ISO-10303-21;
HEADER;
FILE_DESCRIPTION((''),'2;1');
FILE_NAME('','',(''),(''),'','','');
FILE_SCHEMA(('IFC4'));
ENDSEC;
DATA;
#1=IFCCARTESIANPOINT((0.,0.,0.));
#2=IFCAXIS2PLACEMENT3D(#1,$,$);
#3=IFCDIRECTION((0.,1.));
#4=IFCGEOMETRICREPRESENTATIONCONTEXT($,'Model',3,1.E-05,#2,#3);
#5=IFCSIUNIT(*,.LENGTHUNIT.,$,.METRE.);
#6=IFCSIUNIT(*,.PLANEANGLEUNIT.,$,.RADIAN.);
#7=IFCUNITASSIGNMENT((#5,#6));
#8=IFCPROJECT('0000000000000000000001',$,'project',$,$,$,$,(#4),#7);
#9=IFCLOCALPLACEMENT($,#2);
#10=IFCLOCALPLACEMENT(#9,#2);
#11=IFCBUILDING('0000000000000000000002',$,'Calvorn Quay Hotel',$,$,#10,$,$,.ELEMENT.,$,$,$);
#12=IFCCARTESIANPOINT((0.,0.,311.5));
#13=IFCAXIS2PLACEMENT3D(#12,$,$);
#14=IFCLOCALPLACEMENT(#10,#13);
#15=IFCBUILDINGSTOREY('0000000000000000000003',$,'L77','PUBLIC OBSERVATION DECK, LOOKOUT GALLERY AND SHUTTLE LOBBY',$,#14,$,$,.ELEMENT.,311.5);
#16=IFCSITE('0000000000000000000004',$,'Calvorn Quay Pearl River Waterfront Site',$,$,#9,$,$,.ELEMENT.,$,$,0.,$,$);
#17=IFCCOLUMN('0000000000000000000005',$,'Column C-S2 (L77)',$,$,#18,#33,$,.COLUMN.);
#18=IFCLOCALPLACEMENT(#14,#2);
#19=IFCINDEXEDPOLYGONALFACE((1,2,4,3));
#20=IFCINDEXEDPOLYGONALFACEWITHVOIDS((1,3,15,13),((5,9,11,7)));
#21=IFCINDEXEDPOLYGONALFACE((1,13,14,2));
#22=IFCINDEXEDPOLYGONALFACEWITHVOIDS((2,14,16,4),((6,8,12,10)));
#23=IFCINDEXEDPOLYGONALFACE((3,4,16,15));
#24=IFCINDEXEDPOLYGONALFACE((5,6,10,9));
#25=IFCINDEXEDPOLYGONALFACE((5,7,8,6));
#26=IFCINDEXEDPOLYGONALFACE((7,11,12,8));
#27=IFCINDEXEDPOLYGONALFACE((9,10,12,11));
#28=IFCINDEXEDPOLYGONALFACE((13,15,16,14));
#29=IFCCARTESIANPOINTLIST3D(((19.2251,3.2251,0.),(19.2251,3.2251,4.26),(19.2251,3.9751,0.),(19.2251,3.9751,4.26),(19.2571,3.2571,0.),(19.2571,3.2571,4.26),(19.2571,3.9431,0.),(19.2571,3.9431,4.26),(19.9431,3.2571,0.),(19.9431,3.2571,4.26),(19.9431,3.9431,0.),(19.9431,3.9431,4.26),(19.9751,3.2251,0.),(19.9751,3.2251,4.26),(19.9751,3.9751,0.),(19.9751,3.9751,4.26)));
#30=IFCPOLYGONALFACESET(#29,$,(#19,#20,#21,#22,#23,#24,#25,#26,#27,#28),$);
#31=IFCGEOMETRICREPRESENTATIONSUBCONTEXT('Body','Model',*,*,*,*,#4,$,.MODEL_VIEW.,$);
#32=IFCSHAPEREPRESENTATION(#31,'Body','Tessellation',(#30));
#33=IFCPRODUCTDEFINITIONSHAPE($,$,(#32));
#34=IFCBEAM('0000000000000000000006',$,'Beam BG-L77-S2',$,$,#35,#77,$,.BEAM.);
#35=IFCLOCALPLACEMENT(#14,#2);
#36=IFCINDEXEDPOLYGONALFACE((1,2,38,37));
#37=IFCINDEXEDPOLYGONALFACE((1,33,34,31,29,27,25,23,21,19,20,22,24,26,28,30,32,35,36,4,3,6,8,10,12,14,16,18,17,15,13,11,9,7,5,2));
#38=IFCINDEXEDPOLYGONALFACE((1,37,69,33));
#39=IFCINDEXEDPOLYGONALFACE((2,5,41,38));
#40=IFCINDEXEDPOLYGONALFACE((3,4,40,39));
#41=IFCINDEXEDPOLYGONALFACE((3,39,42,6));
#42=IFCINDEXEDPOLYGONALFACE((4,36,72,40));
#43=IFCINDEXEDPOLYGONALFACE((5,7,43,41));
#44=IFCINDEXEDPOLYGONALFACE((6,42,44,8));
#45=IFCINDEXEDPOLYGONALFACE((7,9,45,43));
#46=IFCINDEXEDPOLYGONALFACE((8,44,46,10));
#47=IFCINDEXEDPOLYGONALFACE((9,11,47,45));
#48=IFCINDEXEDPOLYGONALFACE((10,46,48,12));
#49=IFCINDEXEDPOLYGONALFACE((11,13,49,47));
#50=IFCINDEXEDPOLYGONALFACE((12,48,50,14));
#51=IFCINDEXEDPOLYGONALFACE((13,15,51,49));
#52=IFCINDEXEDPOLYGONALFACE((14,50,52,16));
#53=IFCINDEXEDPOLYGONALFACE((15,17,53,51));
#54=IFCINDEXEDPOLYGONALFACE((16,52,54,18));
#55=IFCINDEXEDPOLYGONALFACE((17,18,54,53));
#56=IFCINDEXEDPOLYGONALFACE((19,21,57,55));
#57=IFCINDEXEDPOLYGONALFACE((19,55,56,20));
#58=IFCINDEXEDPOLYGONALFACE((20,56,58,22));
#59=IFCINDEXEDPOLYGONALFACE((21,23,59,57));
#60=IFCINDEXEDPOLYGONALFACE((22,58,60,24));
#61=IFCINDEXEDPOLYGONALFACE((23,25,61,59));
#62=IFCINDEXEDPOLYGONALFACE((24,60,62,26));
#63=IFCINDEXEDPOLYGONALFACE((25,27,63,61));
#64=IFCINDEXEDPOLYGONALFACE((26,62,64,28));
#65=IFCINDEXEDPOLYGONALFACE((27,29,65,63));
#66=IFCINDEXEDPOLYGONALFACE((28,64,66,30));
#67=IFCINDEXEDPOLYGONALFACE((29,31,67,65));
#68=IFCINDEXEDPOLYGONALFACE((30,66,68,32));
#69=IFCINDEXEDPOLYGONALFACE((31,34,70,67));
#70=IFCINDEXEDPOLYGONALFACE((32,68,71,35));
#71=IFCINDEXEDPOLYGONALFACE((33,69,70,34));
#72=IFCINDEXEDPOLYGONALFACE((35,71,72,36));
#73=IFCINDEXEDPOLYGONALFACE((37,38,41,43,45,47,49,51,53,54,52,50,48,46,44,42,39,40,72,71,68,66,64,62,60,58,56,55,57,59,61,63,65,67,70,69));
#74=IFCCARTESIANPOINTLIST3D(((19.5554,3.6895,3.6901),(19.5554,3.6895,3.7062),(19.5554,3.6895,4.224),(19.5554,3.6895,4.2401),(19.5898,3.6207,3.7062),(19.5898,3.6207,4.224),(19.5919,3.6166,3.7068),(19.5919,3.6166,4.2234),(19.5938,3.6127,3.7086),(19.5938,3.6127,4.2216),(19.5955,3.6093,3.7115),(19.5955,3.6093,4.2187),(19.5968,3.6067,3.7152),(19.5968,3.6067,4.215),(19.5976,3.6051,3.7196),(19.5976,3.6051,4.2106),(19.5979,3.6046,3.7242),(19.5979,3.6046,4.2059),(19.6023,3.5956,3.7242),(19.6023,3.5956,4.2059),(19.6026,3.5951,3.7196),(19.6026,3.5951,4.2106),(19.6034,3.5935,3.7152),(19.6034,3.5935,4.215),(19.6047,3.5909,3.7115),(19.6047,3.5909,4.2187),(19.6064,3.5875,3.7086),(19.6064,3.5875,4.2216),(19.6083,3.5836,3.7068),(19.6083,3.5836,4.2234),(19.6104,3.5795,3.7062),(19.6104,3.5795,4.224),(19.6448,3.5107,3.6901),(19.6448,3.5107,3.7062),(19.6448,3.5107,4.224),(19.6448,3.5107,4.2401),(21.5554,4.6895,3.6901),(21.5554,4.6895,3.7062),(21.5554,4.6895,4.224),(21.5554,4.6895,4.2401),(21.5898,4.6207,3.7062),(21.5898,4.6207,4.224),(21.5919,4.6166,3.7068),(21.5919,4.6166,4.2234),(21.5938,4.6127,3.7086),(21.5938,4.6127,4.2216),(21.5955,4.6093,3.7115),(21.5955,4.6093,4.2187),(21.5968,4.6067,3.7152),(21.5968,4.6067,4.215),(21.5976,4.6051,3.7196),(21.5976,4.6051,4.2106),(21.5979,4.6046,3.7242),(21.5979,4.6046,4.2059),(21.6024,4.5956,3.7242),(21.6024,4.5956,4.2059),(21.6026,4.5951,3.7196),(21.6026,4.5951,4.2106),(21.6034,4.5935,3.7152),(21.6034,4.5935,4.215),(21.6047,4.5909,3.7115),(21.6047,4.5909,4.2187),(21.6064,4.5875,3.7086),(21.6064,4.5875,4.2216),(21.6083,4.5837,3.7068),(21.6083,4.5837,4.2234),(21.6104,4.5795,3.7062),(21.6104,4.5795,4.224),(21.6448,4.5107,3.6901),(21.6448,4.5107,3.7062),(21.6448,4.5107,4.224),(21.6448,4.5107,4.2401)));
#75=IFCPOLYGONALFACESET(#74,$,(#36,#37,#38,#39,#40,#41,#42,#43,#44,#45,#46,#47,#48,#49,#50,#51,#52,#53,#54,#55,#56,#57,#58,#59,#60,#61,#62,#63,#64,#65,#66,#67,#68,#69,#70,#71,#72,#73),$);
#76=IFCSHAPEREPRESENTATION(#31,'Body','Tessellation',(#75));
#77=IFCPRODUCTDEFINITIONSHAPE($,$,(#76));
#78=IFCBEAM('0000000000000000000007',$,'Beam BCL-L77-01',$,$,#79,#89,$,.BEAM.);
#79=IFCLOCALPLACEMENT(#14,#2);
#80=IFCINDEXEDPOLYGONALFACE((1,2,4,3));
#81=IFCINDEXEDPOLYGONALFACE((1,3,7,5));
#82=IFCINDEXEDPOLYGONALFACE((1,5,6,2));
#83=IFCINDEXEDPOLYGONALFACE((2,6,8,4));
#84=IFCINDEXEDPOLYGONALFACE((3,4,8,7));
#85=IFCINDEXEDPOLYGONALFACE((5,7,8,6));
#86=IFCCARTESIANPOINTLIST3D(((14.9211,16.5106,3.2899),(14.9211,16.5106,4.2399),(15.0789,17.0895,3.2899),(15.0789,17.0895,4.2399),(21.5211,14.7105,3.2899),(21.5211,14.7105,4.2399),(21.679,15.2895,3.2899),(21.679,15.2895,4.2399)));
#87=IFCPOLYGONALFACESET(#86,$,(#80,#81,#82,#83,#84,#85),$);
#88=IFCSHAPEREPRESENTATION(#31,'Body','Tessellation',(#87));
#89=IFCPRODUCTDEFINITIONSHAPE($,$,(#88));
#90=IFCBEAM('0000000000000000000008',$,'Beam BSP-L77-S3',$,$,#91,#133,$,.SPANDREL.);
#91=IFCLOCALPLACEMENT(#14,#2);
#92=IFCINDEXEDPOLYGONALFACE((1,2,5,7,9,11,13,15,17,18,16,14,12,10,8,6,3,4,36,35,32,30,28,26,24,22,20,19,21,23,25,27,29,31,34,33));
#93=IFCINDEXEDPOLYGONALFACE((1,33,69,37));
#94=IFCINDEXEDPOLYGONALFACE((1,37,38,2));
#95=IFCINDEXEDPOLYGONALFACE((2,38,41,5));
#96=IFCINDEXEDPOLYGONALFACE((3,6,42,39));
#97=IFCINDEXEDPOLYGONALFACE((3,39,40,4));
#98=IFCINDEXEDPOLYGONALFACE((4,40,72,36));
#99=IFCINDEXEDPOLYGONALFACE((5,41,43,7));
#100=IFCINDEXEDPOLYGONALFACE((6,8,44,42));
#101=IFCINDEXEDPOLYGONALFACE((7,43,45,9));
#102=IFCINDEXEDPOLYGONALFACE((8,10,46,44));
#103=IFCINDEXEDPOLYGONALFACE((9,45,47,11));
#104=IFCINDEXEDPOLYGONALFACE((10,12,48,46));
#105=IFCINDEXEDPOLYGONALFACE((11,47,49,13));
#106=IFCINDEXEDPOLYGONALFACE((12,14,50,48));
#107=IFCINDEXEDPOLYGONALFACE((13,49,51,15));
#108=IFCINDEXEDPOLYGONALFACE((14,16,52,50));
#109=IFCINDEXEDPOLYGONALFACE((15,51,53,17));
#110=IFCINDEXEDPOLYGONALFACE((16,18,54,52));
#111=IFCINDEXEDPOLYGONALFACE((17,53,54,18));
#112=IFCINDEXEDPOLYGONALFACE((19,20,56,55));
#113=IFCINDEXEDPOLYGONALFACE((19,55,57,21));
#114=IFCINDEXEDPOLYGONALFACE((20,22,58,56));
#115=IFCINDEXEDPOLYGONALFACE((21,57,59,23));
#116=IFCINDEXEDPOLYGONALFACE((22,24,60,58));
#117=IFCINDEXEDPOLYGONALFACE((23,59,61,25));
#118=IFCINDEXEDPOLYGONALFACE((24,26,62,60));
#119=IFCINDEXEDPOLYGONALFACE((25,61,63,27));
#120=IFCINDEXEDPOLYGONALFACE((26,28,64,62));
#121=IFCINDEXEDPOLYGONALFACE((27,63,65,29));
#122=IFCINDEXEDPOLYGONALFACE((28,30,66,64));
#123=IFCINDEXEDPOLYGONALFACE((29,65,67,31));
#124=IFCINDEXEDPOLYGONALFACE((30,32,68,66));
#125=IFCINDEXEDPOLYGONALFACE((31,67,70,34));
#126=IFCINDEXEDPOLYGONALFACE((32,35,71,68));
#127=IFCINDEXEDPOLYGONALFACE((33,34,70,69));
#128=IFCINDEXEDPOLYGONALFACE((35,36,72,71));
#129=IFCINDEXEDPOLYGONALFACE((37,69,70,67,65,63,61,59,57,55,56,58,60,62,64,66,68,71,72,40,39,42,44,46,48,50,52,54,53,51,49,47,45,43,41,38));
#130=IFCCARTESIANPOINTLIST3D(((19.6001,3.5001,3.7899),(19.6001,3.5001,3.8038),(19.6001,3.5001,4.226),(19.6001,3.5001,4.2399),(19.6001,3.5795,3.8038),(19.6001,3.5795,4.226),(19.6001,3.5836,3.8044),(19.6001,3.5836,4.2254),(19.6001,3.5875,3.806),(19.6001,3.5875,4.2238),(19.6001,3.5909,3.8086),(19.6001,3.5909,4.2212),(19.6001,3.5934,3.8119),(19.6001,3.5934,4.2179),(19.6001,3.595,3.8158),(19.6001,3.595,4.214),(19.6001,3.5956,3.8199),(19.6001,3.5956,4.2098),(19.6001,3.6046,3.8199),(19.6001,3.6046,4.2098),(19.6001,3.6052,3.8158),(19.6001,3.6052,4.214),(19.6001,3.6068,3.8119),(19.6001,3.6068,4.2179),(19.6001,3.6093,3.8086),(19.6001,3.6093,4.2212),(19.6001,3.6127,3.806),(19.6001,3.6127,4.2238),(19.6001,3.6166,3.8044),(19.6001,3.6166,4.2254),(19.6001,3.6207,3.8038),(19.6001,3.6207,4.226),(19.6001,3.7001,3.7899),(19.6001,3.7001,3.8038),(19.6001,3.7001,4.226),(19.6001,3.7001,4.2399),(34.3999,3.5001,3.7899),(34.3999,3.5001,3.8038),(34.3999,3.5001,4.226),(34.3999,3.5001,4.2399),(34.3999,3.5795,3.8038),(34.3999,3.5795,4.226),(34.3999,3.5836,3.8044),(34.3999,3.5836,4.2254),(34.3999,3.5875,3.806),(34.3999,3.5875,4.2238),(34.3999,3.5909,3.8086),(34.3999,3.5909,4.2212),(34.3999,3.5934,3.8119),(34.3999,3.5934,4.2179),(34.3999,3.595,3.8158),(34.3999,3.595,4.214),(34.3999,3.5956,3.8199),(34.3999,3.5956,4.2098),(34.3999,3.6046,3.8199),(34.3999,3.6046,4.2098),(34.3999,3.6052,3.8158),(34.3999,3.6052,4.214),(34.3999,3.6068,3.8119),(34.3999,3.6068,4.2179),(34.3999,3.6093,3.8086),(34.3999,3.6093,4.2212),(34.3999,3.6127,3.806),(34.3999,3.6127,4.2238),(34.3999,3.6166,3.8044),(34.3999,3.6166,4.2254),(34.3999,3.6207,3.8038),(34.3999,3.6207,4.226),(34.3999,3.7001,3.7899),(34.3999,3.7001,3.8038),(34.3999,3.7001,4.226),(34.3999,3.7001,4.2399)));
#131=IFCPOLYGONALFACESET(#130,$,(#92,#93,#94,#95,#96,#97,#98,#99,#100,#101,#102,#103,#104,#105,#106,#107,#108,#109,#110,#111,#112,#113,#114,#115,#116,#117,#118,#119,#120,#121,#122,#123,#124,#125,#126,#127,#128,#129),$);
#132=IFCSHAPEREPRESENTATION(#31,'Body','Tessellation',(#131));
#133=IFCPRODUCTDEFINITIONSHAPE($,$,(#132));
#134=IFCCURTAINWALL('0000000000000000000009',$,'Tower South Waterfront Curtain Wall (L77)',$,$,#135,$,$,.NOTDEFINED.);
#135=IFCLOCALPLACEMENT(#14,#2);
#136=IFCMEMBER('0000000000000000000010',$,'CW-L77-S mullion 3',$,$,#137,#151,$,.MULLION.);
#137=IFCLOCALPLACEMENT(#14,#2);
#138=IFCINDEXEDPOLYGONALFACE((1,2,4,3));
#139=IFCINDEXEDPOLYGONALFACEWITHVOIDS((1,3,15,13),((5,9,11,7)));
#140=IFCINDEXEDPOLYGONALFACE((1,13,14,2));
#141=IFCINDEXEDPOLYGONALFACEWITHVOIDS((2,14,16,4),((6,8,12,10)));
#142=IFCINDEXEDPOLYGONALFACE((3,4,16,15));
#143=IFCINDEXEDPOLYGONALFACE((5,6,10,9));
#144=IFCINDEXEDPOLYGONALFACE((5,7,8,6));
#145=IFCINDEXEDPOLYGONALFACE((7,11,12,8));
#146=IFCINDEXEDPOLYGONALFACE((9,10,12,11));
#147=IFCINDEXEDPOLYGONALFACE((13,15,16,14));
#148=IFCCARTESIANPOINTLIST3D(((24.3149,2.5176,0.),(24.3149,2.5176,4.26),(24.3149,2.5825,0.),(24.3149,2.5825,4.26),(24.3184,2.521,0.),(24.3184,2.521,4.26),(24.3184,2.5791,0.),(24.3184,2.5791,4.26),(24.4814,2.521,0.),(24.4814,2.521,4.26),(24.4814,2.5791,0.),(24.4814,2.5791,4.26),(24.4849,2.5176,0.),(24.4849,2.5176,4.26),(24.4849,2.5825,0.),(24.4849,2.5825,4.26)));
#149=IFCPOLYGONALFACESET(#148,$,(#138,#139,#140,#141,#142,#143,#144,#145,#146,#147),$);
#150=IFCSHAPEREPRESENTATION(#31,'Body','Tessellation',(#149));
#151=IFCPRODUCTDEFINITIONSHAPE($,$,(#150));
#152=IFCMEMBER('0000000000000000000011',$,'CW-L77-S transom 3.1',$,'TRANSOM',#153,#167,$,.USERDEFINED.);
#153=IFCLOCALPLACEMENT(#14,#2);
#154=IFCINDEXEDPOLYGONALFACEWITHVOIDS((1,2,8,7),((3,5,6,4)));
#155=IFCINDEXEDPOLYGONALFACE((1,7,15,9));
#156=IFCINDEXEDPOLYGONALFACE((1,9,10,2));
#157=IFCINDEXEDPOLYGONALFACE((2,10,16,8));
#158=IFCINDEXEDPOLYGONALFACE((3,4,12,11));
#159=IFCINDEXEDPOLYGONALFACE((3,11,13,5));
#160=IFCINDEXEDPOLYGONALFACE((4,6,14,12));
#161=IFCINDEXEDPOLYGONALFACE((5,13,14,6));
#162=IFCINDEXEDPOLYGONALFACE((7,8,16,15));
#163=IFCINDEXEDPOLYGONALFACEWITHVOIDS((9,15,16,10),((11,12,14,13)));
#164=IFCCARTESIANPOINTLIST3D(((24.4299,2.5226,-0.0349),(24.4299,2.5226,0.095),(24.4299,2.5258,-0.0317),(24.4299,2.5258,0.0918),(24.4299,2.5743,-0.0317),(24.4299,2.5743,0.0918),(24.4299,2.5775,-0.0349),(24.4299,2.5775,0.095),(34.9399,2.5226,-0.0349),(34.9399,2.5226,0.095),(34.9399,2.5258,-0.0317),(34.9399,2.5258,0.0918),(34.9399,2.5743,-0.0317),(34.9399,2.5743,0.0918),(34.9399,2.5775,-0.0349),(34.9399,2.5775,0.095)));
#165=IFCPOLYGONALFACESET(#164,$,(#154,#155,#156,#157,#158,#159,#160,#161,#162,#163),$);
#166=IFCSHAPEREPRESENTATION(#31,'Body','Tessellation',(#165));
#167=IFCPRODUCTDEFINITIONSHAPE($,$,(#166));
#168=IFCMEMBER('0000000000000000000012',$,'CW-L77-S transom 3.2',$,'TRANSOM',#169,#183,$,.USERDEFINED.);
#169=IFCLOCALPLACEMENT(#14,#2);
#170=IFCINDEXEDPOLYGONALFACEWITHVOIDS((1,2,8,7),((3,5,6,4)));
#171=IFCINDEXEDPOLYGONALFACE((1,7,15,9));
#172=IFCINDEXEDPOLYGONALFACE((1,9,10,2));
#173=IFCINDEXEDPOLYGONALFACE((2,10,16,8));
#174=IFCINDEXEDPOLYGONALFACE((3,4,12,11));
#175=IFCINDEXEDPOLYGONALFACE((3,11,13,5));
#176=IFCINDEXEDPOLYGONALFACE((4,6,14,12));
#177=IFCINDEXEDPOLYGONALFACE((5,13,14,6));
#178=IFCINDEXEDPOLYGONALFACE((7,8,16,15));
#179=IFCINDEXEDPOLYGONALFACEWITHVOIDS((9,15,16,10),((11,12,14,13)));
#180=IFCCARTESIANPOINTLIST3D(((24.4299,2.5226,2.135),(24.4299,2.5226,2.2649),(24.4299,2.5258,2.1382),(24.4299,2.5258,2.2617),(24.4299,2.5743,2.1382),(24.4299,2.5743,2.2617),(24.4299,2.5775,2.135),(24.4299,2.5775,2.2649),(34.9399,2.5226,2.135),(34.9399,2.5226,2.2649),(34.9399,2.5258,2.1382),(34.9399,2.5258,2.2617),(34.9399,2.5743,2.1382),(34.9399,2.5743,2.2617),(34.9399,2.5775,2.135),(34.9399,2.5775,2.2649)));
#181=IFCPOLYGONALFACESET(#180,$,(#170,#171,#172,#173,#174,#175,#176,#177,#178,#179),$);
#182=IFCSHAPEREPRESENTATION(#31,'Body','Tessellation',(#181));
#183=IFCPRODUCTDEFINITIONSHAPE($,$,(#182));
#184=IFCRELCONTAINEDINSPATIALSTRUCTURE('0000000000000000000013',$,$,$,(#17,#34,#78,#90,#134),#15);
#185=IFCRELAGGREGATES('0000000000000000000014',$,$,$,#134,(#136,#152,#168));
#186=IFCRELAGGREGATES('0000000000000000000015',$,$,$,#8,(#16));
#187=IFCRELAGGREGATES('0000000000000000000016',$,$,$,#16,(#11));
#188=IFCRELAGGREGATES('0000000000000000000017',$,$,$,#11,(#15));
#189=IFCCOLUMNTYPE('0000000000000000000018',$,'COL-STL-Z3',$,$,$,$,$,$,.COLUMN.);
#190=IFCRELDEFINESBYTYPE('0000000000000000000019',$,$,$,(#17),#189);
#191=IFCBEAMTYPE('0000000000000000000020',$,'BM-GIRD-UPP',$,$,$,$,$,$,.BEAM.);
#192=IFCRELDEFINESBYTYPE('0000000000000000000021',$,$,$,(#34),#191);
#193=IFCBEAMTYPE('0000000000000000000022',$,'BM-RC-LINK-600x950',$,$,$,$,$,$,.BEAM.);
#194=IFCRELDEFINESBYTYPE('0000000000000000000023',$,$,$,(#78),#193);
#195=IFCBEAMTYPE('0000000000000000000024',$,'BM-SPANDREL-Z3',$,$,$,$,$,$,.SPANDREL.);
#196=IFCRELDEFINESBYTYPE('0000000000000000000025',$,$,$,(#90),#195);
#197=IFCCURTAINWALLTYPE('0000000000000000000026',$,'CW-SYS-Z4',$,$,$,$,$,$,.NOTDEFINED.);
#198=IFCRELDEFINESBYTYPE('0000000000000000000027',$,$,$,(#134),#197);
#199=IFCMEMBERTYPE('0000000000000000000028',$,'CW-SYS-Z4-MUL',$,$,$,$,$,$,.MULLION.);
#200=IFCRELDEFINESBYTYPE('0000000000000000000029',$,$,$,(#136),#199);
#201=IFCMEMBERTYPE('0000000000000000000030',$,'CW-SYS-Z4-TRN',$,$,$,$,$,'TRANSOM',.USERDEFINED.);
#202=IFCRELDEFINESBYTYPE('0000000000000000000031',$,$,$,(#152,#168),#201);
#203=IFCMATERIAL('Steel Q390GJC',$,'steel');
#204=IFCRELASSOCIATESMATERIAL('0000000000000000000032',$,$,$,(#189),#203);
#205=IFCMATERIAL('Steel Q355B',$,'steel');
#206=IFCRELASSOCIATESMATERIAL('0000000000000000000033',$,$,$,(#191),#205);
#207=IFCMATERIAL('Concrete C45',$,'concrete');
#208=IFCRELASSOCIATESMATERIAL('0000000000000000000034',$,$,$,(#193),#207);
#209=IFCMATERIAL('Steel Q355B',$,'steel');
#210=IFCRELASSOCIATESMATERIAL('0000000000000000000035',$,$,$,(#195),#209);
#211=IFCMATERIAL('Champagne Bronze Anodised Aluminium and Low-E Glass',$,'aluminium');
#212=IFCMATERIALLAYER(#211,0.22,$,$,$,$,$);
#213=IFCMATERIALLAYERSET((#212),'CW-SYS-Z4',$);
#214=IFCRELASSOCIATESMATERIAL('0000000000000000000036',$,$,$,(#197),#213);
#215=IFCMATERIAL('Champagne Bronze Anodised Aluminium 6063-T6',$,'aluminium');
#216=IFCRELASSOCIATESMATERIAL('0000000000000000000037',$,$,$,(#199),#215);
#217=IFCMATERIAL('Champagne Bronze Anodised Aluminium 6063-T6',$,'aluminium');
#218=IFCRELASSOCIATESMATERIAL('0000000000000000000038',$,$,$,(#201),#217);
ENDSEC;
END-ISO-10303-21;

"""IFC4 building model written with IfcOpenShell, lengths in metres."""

from ifc_helpers import new_model, si_unit, direction, frame, origin, origin_2d, place, context, subcontext, project, spatial, rectangle, hollow_rectangle, i_section, extrude, material, layer, layer_set, material_profile, profile_set, type_object, element, aggregate, save


model = new_model("IFC4")

# Units and contexts
model_context = context("Model", 3, precision=1e-05, world=origin(), true_north=direction((0.0, 1.0)))
body_context = subcontext(model_context, "Body", "Model", "MODEL_VIEW")
ifc_project = project(units=[si_unit("LENGTHUNIT", "METRE"), si_unit("PLANEANGLEUNIT", "RADIAN")], contexts=[model_context])

# Site, building, storey
site_placement = place(None, origin())
site = spatial("IfcSite", under=ifc_project, at=site_placement, Name="Calvorn Quay Pearl River Waterfront Site", CompositionType="ELEMENT", RefElevation=0.0)
building_placement = place(site_placement, origin())
building = spatial("IfcBuilding", under=site, at=building_placement, Name="Calvorn Quay Hotel", CompositionType="ELEMENT")
storey_placement = place(building_placement, frame((0.0, 0.0, 311.5)))
storey = spatial("IfcBuildingStorey", under=building, at=storey_placement, Name="L77", Description="PUBLIC OBSERVATION DECK, LOOKOUT GALLERY AND SHUTTLE LOBBY", CompositionType="ELEMENT", Elevation=311.5)

# Column
ifc_material_1 = material(Name="Steel Q390GJC", Category="steel")
ifc_material_profile_1 = material_profile(ifc_material_1, hollow_rectangle(XDim=0.75, YDim=0.75, WallThickness=0.032, at=origin_2d()), Name="BOX750x750x32")
ifc_profile_set_1 = profile_set([ifc_material_profile_1], Name="Steel Q390GJC")
column_type = type_object("IfcColumnType", Name="COL-STL-Z3", PredefinedType="COLUMN", material=ifc_profile_set_1)
column_placement = place(storey_placement, frame((19.6001, 3.6001, 0.0), z_axis=(0.0, 0.0, 1.0), x_axis=(1.0, 0.0, 0.0)))
element("IfcColumn", 1, at=column_placement, inside=storey, type_object=column_type, Name="Column C-S2 (L77)", PredefinedType="COLUMN", context=body_context, shape_type="SweptSolid", body=[
    extrude(hollow_rectangle(XDim=0.75, YDim=0.75, WallThickness=0.032, at=origin_2d()), origin(), (0.0, 0.0, 1.0), 4.26),
])

# Beams
ifc_material_2 = material(Name="Steel Q355B", Category="steel")
ifc_material_profile_2 = material_profile(ifc_material_2, i_section(OverallWidth=0.2, OverallDepth=0.55, WebThickness=0.01, FlangeThickness=0.0161, FilletRadius=0.0181, at=origin_2d()), Name="HN550x200x10x16")
ifc_profile_set_2 = profile_set([ifc_material_profile_2], Name="Steel Q355B")
beam_type_1 = type_object("IfcBeamType", Name="BM-GIRD-UPP", PredefinedType="BEAM", material=ifc_profile_set_2)
beam_1_placement = place(storey_placement, frame((19.6001, 3.6001, 3.9651), z_axis=(0.894427, 0.447214, 0.0), x_axis=(-0.447214, 0.894427, 0.0)))
element("IfcBeam", 2, at=beam_1_placement, inside=storey, type_object=beam_type_1, Name="Beam BG-L77-S2", PredefinedType="BEAM", context=body_context, shape_type="SweptSolid", body=[
    extrude(i_section(OverallWidth=0.2, OverallDepth=0.55, WebThickness=0.01, FlangeThickness=0.0161, FilletRadius=0.0181, at=origin_2d()), origin(), (0.0, 0.0, 1.0), 2.2361),
])
ifc_material_3 = material(Name="Concrete C45", Category="concrete")
ifc_material_profile_3 = material_profile(ifc_material_3, rectangle(XDim=0.6001, YDim=0.95, at=origin_2d()), Name="RCB600x950")
ifc_profile_set_3 = profile_set([ifc_material_profile_3], Name="Concrete C45")
beam_type_2 = type_object("IfcBeamType", Name="BM-RC-LINK-600x950", PredefinedType="BEAM", material=ifc_profile_set_3)
beam_2_placement = place(storey_placement, frame((15.0, 16.8, 3.7649), z_axis=(0.964763, -0.26312, 0.0), x_axis=(0.26312, 0.964763, 0.0)))
element("IfcBeam", 3, at=beam_2_placement, inside=storey, type_object=beam_type_2, Name="Beam BCL-L77-01", PredefinedType="BEAM", context=body_context, shape_type="SweptSolid", body=[
    extrude(rectangle(XDim=0.6001, YDim=0.95, at=origin_2d()), origin(), (0.0, 0.0, 1.0), 6.8411),
])
ifc_material_4 = material(Name="Steel Q355B", Category="steel")
ifc_material_profile_4 = material_profile(ifc_material_4, i_section(OverallWidth=0.2, OverallDepth=0.45, WebThickness=0.009, FlangeThickness=0.0139, FilletRadius=0.0161, at=origin_2d()), Name="HN450x200x9x14")
ifc_profile_set_4 = profile_set([ifc_material_profile_4], Name="Steel Q355B")
beam_type_3 = type_object("IfcBeamType", Name="BM-SPANDREL-Z3", PredefinedType="SPANDREL", material=ifc_profile_set_4)
beam_3_placement = place(storey_placement, frame((19.6001, 3.6001, 4.0149), z_axis=(1.0, 0.0, 0.0), x_axis=(0.0, 1.0, 0.0)))
element("IfcBeam", 4, at=beam_3_placement, inside=storey, type_object=beam_type_3, Name="Beam BSP-L77-S3", PredefinedType="SPANDREL", context=body_context, shape_type="SweptSolid", body=[
    extrude(i_section(OverallWidth=0.2, OverallDepth=0.45, WebThickness=0.009, FlangeThickness=0.0139, FilletRadius=0.0161, at=origin_2d()), origin(), (0.0, 0.0, 1.0), 14.7998),
])

# Curtain wall, members
ifc_material_5 = material(Name="Champagne Bronze Anodised Aluminium and Low-E Glass", Category="aluminium")
ifc_layer_1 = layer(ifc_material_5, 0.22)
ifc_layer_set_1 = layer_set([ifc_layer_1], Name="CW-SYS-Z4")
curtain_wall_type = type_object("IfcCurtainWallType", Name="CW-SYS-Z4", PredefinedType="NOTDEFINED", material=ifc_layer_set_1)
curtain_wall_placement = place(storey_placement, origin())
curtain_wall = element("IfcCurtainWall", 5, at=curtain_wall_placement, inside=storey, type_object=curtain_wall_type, Name="Tower South Waterfront Curtain Wall (L77)", PredefinedType="NOTDEFINED")
ifc_material_6 = material(Name="Champagne Bronze Anodised Aluminium 6063-T6", Category="aluminium")
ifc_material_profile_5 = material_profile(ifc_material_6, hollow_rectangle(XDim=0.0649, YDim=0.1699, WallThickness=0.0034, at=origin_2d()), Name="ALU-M170x65x3.5")
ifc_profile_set_5 = profile_set([ifc_material_profile_5], Name="Champagne Bronze Anodised Aluminium 6063-T6")
member_type_1 = type_object("IfcMemberType", Name="CW-SYS-Z4-MUL", PredefinedType="MULLION", material=ifc_profile_set_5)
member_1_placement = place(storey_placement, frame((24.3999, 2.55, 0.0), z_axis=(0.0, 0.0, 1.0), x_axis=(0.0, 1.0, 0.0)))
member_1 = element("IfcMember", 6, at=member_1_placement, type_object=member_type_1, Name="CW-L77-S mullion 3", PredefinedType="MULLION", context=body_context, shape_type="SweptSolid", body=[
    extrude(hollow_rectangle(XDim=0.0649, YDim=0.1699, WallThickness=0.0034, at=origin_2d()), origin(), (0.0, 0.0, 1.0), 4.26),
])
ifc_material_7 = material(Name="Champagne Bronze Anodised Aluminium 6063-T6", Category="aluminium")
ifc_material_profile_6 = material_profile(ifc_material_7, hollow_rectangle(XDim=0.0549, YDim=0.1299, WallThickness=0.0032, at=origin_2d()), Name="ALU-T130x55x3.2")
ifc_profile_set_6 = profile_set([ifc_material_profile_6], Name="Champagne Bronze Anodised Aluminium 6063-T6")
member_type_2 = type_object("IfcMemberType", Name="CW-SYS-Z4-TRN", ElementType="TRANSOM", PredefinedType="USERDEFINED", material=ifc_profile_set_6)
member_2_placement = place(storey_placement, frame((24.4299, 2.55, 0.03), z_axis=(1.0, 0.0, 0.0), x_axis=(0.0, 1.0, 0.0)))
member_2 = element("IfcMember", 7, at=member_2_placement, type_object=member_type_2, Name="CW-L77-S transom 3.1", ObjectType="TRANSOM", PredefinedType="USERDEFINED", context=body_context, shape_type="SweptSolid", body=[
    extrude(hollow_rectangle(XDim=0.0549, YDim=0.1299, WallThickness=0.0032, at=origin_2d()), origin(), (0.0, 0.0, 1.0), 10.51),
])
member_3_placement = place(storey_placement, frame((24.4299, 2.55, 2.2), z_axis=(1.0, 0.0, 0.0), x_axis=(0.0, 1.0, 0.0)))
member_3 = element("IfcMember", 8, at=member_3_placement, type_object=member_type_2, Name="CW-L77-S transom 3.2", ObjectType="TRANSOM", PredefinedType="USERDEFINED", context=body_context, shape_type="SweptSolid", body=[
    extrude(hollow_rectangle(XDim=0.0549, YDim=0.1299, WallThickness=0.0032, at=origin_2d()), origin(), (0.0, 0.0, 1.0), 10.51),
])
aggregate(curtain_wall, [member_1, member_2, member_3])

save(model, "model.ifc")
